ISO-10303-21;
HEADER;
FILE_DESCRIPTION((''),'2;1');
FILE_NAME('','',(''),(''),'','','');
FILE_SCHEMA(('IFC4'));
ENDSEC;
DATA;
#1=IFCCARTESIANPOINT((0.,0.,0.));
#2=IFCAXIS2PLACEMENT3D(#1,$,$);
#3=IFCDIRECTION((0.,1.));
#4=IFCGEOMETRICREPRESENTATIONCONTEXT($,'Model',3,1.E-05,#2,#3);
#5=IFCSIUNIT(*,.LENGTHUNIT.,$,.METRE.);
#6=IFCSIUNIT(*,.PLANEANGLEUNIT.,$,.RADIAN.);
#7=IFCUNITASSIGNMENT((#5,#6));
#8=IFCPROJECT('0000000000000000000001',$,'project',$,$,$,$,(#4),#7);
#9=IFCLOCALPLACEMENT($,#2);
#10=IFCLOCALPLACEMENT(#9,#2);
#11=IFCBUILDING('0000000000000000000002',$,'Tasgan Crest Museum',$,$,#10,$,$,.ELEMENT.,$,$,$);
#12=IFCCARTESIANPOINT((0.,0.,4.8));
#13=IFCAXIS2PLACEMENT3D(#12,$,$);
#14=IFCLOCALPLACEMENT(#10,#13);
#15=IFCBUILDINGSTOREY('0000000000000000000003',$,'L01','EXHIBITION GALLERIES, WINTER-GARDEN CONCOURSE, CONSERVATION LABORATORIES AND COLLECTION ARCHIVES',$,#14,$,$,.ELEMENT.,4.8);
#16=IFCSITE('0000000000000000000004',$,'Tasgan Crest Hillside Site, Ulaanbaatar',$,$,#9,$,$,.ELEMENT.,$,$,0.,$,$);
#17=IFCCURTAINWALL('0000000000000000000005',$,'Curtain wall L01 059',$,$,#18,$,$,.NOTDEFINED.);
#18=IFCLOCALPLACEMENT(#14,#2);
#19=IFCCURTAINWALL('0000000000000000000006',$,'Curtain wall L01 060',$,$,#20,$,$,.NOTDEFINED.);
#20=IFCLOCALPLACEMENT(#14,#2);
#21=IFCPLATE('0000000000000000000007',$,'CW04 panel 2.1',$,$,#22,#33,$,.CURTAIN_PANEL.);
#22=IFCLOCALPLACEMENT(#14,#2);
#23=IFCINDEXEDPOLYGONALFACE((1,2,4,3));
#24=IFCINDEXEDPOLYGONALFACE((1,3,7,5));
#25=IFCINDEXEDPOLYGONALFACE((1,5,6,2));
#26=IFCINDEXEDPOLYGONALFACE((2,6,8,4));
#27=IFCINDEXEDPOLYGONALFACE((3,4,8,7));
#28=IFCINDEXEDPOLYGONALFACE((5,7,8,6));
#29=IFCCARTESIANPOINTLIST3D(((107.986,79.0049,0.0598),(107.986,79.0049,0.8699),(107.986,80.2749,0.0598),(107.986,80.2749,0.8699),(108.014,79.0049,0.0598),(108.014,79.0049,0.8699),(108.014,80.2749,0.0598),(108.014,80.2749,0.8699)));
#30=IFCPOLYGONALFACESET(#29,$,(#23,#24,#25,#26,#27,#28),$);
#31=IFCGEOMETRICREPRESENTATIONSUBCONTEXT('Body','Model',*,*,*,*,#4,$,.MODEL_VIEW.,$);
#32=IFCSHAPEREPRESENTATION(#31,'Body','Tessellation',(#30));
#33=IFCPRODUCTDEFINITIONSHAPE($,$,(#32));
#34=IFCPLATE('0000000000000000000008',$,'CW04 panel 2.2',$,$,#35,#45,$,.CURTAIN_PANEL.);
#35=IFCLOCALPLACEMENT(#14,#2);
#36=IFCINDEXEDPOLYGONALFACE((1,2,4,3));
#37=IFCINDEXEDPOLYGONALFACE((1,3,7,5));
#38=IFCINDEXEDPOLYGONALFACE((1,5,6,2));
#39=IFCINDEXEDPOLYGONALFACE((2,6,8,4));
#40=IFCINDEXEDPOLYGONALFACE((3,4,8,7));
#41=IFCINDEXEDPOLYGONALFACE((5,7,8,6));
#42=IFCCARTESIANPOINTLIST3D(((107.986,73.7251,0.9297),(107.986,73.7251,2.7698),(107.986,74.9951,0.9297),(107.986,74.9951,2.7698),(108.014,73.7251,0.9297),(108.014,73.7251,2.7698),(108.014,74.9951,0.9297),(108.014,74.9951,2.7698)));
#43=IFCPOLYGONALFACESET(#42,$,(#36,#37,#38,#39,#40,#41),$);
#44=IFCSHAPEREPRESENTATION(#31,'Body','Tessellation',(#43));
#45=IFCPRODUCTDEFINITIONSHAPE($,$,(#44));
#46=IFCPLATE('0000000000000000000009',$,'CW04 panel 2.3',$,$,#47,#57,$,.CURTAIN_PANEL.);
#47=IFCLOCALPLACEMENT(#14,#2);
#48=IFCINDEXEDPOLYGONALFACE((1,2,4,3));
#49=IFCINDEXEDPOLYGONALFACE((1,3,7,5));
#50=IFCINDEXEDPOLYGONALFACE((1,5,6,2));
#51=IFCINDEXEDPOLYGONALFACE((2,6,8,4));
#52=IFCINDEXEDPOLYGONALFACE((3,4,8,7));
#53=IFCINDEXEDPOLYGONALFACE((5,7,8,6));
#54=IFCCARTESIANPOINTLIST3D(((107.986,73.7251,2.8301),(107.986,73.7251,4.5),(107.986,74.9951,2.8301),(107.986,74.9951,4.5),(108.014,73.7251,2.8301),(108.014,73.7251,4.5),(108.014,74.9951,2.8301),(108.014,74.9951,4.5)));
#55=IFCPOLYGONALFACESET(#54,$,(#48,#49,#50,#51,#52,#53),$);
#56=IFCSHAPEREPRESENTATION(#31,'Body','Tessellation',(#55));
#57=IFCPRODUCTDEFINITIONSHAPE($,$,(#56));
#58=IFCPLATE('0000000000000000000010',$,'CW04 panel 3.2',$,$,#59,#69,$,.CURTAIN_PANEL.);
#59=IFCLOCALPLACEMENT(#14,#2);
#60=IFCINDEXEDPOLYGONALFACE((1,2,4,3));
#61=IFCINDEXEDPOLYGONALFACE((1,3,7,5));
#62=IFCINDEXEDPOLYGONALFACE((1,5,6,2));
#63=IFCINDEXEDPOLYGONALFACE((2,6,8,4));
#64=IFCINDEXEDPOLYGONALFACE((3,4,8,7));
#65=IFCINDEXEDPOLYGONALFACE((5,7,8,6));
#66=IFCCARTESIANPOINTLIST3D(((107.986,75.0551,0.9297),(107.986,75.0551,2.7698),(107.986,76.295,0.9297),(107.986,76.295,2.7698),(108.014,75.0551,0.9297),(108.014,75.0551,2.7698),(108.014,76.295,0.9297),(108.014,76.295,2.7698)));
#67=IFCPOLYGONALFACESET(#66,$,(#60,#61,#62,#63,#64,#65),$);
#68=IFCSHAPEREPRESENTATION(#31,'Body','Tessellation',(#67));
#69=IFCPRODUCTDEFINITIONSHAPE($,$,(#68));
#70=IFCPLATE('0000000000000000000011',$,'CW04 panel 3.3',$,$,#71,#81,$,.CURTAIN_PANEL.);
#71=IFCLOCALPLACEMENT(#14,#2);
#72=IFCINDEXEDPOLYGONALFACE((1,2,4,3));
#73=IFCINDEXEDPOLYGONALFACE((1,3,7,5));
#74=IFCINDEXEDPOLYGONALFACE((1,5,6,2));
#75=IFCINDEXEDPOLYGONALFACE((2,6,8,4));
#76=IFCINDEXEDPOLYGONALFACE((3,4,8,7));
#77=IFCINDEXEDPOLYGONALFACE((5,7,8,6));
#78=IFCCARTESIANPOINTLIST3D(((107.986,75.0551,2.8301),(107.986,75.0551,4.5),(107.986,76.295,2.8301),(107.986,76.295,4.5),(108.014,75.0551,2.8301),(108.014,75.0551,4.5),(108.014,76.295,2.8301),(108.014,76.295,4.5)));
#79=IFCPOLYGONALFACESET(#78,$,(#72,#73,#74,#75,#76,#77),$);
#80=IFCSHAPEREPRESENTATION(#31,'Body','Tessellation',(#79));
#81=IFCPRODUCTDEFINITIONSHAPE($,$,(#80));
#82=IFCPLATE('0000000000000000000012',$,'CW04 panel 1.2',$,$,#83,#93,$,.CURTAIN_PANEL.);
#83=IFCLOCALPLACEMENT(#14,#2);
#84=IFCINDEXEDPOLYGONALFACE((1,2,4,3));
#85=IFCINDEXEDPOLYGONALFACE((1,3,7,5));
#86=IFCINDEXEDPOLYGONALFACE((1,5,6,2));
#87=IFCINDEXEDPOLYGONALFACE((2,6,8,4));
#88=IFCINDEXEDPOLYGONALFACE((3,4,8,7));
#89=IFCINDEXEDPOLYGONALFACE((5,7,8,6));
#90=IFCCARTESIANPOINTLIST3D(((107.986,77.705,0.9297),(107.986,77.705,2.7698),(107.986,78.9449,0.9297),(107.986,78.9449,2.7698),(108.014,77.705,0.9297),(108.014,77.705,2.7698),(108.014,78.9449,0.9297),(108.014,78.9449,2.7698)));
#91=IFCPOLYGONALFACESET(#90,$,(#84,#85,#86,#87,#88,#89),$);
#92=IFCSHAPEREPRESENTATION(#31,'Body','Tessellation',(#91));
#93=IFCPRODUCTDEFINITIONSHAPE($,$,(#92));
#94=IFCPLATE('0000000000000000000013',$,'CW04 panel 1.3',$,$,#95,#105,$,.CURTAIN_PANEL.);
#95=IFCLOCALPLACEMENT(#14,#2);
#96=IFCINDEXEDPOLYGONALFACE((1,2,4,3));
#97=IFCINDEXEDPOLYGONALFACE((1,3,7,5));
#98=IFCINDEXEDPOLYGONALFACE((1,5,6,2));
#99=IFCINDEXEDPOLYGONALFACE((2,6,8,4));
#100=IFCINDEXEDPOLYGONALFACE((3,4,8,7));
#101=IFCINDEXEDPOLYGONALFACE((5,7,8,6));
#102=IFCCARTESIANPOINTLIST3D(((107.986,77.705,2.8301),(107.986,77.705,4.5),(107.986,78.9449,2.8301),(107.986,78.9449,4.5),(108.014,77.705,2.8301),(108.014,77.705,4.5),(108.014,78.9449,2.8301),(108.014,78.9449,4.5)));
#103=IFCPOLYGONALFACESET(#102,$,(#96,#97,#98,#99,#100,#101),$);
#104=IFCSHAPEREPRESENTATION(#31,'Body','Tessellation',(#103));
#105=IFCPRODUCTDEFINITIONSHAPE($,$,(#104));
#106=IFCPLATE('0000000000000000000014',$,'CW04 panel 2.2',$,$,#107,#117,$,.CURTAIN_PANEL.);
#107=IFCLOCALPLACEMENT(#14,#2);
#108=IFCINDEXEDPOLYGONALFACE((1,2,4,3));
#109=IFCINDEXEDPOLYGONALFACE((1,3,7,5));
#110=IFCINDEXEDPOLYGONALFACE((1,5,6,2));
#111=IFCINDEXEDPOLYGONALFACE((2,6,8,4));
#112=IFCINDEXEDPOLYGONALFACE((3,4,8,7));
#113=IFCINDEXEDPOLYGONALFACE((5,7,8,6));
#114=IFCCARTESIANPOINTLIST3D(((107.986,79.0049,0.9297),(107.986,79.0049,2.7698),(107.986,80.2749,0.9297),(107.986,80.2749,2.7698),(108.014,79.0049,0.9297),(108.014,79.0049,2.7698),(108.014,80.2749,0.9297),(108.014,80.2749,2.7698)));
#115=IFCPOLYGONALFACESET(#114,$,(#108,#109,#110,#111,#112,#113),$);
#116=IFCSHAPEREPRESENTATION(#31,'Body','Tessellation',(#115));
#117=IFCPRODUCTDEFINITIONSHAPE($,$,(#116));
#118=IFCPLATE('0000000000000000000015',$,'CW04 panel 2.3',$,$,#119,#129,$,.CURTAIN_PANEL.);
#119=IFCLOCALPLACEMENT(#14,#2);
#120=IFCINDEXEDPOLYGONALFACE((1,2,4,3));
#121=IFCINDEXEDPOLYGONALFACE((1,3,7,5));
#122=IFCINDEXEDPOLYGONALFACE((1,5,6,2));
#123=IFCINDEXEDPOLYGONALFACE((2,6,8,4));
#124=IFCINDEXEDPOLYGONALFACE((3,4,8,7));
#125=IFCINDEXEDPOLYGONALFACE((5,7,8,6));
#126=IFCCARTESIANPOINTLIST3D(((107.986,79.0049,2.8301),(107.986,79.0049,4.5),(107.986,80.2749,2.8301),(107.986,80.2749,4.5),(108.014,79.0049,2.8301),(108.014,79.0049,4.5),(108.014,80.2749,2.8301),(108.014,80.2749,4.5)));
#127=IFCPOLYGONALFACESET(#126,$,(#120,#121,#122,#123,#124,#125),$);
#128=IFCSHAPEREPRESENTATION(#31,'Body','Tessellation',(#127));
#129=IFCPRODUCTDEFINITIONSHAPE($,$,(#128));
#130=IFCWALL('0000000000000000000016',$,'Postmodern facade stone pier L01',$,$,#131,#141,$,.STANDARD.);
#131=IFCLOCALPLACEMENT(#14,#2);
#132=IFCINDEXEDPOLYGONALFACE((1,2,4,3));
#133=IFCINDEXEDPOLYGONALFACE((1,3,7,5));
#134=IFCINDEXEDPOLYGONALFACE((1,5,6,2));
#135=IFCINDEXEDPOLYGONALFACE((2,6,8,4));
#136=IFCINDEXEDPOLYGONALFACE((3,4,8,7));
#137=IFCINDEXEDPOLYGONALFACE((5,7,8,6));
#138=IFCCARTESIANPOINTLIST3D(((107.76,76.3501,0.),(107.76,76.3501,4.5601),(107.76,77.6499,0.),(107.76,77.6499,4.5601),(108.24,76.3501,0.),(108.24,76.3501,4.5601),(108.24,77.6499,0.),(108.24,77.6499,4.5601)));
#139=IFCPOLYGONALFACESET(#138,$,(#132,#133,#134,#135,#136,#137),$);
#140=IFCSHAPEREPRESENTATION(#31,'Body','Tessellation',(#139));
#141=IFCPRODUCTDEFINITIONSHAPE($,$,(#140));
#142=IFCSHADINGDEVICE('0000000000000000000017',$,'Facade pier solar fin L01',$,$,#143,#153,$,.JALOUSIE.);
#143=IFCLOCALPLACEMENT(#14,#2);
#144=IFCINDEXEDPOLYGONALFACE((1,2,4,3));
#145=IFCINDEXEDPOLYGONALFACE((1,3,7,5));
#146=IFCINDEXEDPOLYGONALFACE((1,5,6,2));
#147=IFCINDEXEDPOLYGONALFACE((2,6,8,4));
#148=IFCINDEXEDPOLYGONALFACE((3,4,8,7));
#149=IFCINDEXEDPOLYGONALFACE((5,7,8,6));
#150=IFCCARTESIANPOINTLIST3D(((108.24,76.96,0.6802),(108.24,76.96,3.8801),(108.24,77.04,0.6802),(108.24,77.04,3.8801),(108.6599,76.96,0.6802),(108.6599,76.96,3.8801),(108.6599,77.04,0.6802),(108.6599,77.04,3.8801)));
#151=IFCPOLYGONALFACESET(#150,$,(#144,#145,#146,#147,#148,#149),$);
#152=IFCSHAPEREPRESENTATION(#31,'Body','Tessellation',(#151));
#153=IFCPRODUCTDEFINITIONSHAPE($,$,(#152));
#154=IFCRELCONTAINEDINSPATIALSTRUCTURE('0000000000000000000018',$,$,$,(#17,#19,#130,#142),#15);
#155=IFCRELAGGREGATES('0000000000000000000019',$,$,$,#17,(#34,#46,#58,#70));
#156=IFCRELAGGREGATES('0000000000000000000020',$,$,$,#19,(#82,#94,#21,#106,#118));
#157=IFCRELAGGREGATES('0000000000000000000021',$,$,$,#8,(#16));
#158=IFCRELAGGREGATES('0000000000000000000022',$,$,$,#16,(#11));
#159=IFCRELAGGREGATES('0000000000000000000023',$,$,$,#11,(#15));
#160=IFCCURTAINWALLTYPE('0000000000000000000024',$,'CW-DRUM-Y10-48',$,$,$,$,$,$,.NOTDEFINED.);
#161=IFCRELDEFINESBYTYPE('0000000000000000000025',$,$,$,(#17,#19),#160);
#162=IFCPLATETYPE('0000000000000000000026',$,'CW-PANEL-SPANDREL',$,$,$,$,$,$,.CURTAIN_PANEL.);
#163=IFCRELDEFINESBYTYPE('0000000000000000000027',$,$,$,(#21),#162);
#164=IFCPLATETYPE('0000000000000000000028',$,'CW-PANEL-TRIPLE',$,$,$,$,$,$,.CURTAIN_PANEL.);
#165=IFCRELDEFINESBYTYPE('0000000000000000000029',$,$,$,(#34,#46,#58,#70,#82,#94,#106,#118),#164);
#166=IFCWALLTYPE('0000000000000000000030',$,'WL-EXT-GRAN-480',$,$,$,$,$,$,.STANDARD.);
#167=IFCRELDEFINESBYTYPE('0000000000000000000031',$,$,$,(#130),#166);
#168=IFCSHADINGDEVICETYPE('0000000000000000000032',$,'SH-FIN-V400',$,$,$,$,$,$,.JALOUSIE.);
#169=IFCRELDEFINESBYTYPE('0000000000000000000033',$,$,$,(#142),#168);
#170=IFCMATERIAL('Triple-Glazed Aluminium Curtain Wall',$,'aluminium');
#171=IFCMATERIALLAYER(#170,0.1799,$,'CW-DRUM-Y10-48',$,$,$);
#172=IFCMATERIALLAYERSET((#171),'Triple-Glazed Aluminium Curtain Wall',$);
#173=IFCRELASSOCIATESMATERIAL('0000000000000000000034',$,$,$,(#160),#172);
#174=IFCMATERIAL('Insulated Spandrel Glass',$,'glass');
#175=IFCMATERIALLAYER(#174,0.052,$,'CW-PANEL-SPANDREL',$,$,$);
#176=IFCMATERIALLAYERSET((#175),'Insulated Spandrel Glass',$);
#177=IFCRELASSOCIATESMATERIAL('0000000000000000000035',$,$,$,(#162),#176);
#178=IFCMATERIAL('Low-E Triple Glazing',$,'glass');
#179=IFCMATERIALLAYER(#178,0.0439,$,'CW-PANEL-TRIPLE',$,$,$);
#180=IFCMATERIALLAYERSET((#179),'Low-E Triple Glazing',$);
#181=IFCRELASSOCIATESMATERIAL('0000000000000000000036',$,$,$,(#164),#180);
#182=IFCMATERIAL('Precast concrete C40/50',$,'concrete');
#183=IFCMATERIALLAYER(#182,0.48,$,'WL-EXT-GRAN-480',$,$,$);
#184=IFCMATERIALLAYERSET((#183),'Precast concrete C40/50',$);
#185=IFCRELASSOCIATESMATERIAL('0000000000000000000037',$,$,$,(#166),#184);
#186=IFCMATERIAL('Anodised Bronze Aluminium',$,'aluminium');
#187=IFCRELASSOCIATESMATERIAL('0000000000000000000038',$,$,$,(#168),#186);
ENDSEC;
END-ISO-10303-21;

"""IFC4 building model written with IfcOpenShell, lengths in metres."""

from ifc_helpers import new_model, si_unit, direction, frame, frame_2d, origin, origin_2d, place, context, subcontext, project, spatial, rectangle, extrude, material, layer, layer_set, type_object, element, aggregate, save


model = new_model("IFC4")

# Units and contexts
model_context = context("Model", 3, precision=1e-05, world=origin(), true_north=direction((0.0, 1.0)))
body_context = subcontext(model_context, "Body", "Model", "MODEL_VIEW")
ifc_project = project(units=[si_unit("LENGTHUNIT", "METRE"), si_unit("PLANEANGLEUNIT", "RADIAN")], contexts=[model_context])

# Site, building, storey
site_placement = place(None, origin())
site = spatial("IfcSite", under=ifc_project, at=site_placement, Name="Tasgan Crest Hillside Site, Ulaanbaatar", CompositionType="ELEMENT", RefElevation=0.0)
building_placement = place(site_placement, origin())
building = spatial("IfcBuilding", under=site, at=building_placement, Name="Tasgan Crest Museum", CompositionType="ELEMENT")
storey_placement = place(building_placement, frame((0.0, 0.0, 4.8)))
storey = spatial("IfcBuildingStorey", under=building, at=storey_placement, Name="L01", Description="EXHIBITION GALLERIES, WINTER-GARDEN CONCOURSE, CONSERVATION LABORATORIES AND COLLECTION ARCHIVES", CompositionType="ELEMENT", Elevation=4.8)

# Curtain walls
ifc_material_1 = material(Name="Triple-Glazed Aluminium Curtain Wall", Category="aluminium")
ifc_layer_1 = layer(ifc_material_1, 0.1799, Name="CW-DRUM-Y10-48")
ifc_layer_set_1 = layer_set([ifc_layer_1], Name="Triple-Glazed Aluminium Curtain Wall")
curtain_wall_type = type_object("IfcCurtainWallType", Name="CW-DRUM-Y10-48", PredefinedType="NOTDEFINED", material=ifc_layer_set_1)
curtain_wall_1_placement = place(storey_placement, origin())
curtain_wall_1 = element("IfcCurtainWall", 1, at=curtain_wall_1_placement, inside=storey, type_object=curtain_wall_type, Name="Curtain wall L01 059", PredefinedType="NOTDEFINED")
curtain_wall_2_placement = place(storey_placement, origin())
curtain_wall_2 = element("IfcCurtainWall", 2, at=curtain_wall_2_placement, inside=storey, type_object=curtain_wall_type, Name="Curtain wall L01 060", PredefinedType="NOTDEFINED")

# Plates
ifc_material_2 = material(Name="Insulated Spandrel Glass", Category="glass")
ifc_layer_2 = layer(ifc_material_2, 0.052, Name="CW-PANEL-SPANDREL")
ifc_layer_set_2 = layer_set([ifc_layer_2], Name="Insulated Spandrel Glass")
plate_type_1 = type_object("IfcPlateType", Name="CW-PANEL-SPANDREL", PredefinedType="CURTAIN_PANEL", material=ifc_layer_set_2)
plate_1_placement = place(storey_placement, frame((108.0, 79.6399, 0.0598), z_axis=(0.0, 0.0, 1.0), x_axis=(0.0, 1.0, 0.0)))
plate_1 = element("IfcPlate", 3, at=plate_1_placement, type_object=plate_type_1, Name="CW04 panel 2.1", PredefinedType="CURTAIN_PANEL", context=body_context, shape_type="SweptSolid", body=[
    extrude(rectangle(XDim=1.27, YDim=0.0281, at=origin_2d()), origin(), (0.0, 0.0, 1.0), 0.8101),
])
ifc_material_3 = material(Name="Low-E Triple Glazing", Category="glass")
ifc_layer_3 = layer(ifc_material_3, 0.0439, Name="CW-PANEL-TRIPLE")
ifc_layer_set_3 = layer_set([ifc_layer_3], Name="Low-E Triple Glazing")
plate_type_2 = type_object("IfcPlateType", Name="CW-PANEL-TRIPLE", PredefinedType="CURTAIN_PANEL", material=ifc_layer_set_3)
plate_2_placement = place(storey_placement, frame((108.0, 74.3601, 0.9297), z_axis=(0.0, 0.0, 1.0), x_axis=(0.0, 1.0, 0.0)))
plate_2 = element("IfcPlate", 4, at=plate_2_placement, type_object=plate_type_2, Name="CW04 panel 2.2", PredefinedType="CURTAIN_PANEL", context=body_context, shape_type="SweptSolid", body=[
    extrude(rectangle(XDim=1.27, YDim=0.0281, at=origin_2d()), origin(), (0.0, 0.0, 1.0), 1.8401),
])
plate_3_placement = place(storey_placement, frame((108.0, 74.3601, 2.8301), z_axis=(0.0, 0.0, 1.0), x_axis=(0.0, 1.0, 0.0)))
plate_3 = element("IfcPlate", 5, at=plate_3_placement, type_object=plate_type_2, Name="CW04 panel 2.3", PredefinedType="CURTAIN_PANEL", context=body_context, shape_type="SweptSolid", body=[
    extrude(rectangle(XDim=1.27, YDim=0.0281, at=origin_2d()), origin(), (0.0, 0.0, 1.0), 1.6699),
])
plate_4_placement = place(storey_placement, frame((108.0, 75.675, 0.9297), z_axis=(0.0, 0.0, 1.0), x_axis=(0.0, 1.0, 0.0)))
plate_4 = element("IfcPlate", 6, at=plate_4_placement, type_object=plate_type_2, Name="CW04 panel 3.2", PredefinedType="CURTAIN_PANEL", context=body_context, shape_type="SweptSolid", body=[
    extrude(rectangle(XDim=1.24, YDim=0.0281, at=origin_2d()), origin(), (0.0, 0.0, 1.0), 1.8401),
])
plate_5_placement = place(storey_placement, frame((108.0, 75.675, 2.8301), z_axis=(0.0, 0.0, 1.0), x_axis=(0.0, 1.0, 0.0)))
plate_5 = element("IfcPlate", 7, at=plate_5_placement, type_object=plate_type_2, Name="CW04 panel 3.3", PredefinedType="CURTAIN_PANEL", context=body_context, shape_type="SweptSolid", body=[
    extrude(rectangle(XDim=1.24, YDim=0.0281, at=origin_2d()), origin(), (0.0, 0.0, 1.0), 1.6699),
])
aggregate(curtain_wall_1, [plate_2, plate_3, plate_4, plate_5])
plate_6_placement = place(storey_placement, frame((108.0, 78.325, 0.9297), z_axis=(0.0, 0.0, 1.0), x_axis=(0.0, 1.0, 0.0)))
plate_6 = element("IfcPlate", 8, at=plate_6_placement, type_object=plate_type_2, Name="CW04 panel 1.2", PredefinedType="CURTAIN_PANEL", context=body_context, shape_type="SweptSolid", body=[
    extrude(rectangle(XDim=1.24, YDim=0.0281, at=origin_2d()), origin(), (0.0, 0.0, 1.0), 1.8401),
])
plate_7_placement = place(storey_placement, frame((108.0, 78.325, 2.8301), z_axis=(0.0, 0.0, 1.0), x_axis=(0.0, 1.0, 0.0)))
plate_7 = element("IfcPlate", 9, at=plate_7_placement, type_object=plate_type_2, Name="CW04 panel 1.3", PredefinedType="CURTAIN_PANEL", context=body_context, shape_type="SweptSolid", body=[
    extrude(rectangle(XDim=1.24, YDim=0.0281, at=origin_2d()), origin(), (0.0, 0.0, 1.0), 1.6699),
])
plate_8_placement = place(storey_placement, frame((108.0, 79.6399, 0.9297), z_axis=(0.0, 0.0, 1.0), x_axis=(0.0, 1.0, 0.0)))
plate_8 = element("IfcPlate", 10, at=plate_8_placement, type_object=plate_type_2, Name="CW04 panel 2.2", PredefinedType="CURTAIN_PANEL", context=body_context, shape_type="SweptSolid", body=[
    extrude(rectangle(XDim=1.27, YDim=0.0281, at=origin_2d()), origin(), (0.0, 0.0, 1.0), 1.8401),
])
plate_9_placement = place(storey_placement, frame((108.0, 79.6399, 2.8301), z_axis=(0.0, 0.0, 1.0), x_axis=(0.0, 1.0, 0.0)))
plate_9 = element("IfcPlate", 11, at=plate_9_placement, type_object=plate_type_2, Name="CW04 panel 2.3", PredefinedType="CURTAIN_PANEL", context=body_context, shape_type="SweptSolid", body=[
    extrude(rectangle(XDim=1.27, YDim=0.0281, at=origin_2d()), origin(), (0.0, 0.0, 1.0), 1.6699),
])
aggregate(curtain_wall_2, [plate_6, plate_7, plate_1, plate_8, plate_9])

# Wall
ifc_material_4 = material(Name="Precast concrete C40/50", Category="concrete")
ifc_layer_4 = layer(ifc_material_4, 0.48, Name="WL-EXT-GRAN-480")
ifc_layer_set_4 = layer_set([ifc_layer_4], Name="Precast concrete C40/50")
wall_type = type_object("IfcWallType", Name="WL-EXT-GRAN-480", PredefinedType="STANDARD", material=ifc_layer_set_4)
wall_placement = place(storey_placement, frame((108.0, 76.3501, 0.0), z_axis=(0.0, 0.0, 1.0), x_axis=(0.0, 1.0, 0.0)))
element("IfcWall", 12, at=wall_placement, inside=storey, type_object=wall_type, Name="Postmodern facade stone pier L01", PredefinedType="STANDARD", context=body_context, shape_type="SweptSolid", body=[
    extrude(rectangle(XDim=1.2998, YDim=0.48, at=frame_2d((0.6499, 0.0))), origin(), (0.0, 0.0, 1.0), 4.5601),
])

# Shading device
ifc_material_5 = material(Name="Anodised Bronze Aluminium", Category="aluminium")
shading_device_type = type_object("IfcShadingDeviceType", Name="SH-FIN-V400", PredefinedType="JALOUSIE", material=ifc_material_5)
shading_device_placement = place(storey_placement, frame((108.45, 77.0, 0.6802), z_axis=(0.0, 0.0, 1.0), x_axis=(0.0, 1.0, 0.0)))
element("IfcShadingDevice", 13, at=shading_device_placement, inside=storey, type_object=shading_device_type, Name="Facade pier solar fin L01", PredefinedType="JALOUSIE", context=body_context, shape_type="SweptSolid", body=[
    extrude(rectangle(XDim=0.0801, YDim=0.4199, at=origin_2d()), origin(), (0.0, 0.0, 1.0), 3.2),
])

save(model, "model.ifc")
